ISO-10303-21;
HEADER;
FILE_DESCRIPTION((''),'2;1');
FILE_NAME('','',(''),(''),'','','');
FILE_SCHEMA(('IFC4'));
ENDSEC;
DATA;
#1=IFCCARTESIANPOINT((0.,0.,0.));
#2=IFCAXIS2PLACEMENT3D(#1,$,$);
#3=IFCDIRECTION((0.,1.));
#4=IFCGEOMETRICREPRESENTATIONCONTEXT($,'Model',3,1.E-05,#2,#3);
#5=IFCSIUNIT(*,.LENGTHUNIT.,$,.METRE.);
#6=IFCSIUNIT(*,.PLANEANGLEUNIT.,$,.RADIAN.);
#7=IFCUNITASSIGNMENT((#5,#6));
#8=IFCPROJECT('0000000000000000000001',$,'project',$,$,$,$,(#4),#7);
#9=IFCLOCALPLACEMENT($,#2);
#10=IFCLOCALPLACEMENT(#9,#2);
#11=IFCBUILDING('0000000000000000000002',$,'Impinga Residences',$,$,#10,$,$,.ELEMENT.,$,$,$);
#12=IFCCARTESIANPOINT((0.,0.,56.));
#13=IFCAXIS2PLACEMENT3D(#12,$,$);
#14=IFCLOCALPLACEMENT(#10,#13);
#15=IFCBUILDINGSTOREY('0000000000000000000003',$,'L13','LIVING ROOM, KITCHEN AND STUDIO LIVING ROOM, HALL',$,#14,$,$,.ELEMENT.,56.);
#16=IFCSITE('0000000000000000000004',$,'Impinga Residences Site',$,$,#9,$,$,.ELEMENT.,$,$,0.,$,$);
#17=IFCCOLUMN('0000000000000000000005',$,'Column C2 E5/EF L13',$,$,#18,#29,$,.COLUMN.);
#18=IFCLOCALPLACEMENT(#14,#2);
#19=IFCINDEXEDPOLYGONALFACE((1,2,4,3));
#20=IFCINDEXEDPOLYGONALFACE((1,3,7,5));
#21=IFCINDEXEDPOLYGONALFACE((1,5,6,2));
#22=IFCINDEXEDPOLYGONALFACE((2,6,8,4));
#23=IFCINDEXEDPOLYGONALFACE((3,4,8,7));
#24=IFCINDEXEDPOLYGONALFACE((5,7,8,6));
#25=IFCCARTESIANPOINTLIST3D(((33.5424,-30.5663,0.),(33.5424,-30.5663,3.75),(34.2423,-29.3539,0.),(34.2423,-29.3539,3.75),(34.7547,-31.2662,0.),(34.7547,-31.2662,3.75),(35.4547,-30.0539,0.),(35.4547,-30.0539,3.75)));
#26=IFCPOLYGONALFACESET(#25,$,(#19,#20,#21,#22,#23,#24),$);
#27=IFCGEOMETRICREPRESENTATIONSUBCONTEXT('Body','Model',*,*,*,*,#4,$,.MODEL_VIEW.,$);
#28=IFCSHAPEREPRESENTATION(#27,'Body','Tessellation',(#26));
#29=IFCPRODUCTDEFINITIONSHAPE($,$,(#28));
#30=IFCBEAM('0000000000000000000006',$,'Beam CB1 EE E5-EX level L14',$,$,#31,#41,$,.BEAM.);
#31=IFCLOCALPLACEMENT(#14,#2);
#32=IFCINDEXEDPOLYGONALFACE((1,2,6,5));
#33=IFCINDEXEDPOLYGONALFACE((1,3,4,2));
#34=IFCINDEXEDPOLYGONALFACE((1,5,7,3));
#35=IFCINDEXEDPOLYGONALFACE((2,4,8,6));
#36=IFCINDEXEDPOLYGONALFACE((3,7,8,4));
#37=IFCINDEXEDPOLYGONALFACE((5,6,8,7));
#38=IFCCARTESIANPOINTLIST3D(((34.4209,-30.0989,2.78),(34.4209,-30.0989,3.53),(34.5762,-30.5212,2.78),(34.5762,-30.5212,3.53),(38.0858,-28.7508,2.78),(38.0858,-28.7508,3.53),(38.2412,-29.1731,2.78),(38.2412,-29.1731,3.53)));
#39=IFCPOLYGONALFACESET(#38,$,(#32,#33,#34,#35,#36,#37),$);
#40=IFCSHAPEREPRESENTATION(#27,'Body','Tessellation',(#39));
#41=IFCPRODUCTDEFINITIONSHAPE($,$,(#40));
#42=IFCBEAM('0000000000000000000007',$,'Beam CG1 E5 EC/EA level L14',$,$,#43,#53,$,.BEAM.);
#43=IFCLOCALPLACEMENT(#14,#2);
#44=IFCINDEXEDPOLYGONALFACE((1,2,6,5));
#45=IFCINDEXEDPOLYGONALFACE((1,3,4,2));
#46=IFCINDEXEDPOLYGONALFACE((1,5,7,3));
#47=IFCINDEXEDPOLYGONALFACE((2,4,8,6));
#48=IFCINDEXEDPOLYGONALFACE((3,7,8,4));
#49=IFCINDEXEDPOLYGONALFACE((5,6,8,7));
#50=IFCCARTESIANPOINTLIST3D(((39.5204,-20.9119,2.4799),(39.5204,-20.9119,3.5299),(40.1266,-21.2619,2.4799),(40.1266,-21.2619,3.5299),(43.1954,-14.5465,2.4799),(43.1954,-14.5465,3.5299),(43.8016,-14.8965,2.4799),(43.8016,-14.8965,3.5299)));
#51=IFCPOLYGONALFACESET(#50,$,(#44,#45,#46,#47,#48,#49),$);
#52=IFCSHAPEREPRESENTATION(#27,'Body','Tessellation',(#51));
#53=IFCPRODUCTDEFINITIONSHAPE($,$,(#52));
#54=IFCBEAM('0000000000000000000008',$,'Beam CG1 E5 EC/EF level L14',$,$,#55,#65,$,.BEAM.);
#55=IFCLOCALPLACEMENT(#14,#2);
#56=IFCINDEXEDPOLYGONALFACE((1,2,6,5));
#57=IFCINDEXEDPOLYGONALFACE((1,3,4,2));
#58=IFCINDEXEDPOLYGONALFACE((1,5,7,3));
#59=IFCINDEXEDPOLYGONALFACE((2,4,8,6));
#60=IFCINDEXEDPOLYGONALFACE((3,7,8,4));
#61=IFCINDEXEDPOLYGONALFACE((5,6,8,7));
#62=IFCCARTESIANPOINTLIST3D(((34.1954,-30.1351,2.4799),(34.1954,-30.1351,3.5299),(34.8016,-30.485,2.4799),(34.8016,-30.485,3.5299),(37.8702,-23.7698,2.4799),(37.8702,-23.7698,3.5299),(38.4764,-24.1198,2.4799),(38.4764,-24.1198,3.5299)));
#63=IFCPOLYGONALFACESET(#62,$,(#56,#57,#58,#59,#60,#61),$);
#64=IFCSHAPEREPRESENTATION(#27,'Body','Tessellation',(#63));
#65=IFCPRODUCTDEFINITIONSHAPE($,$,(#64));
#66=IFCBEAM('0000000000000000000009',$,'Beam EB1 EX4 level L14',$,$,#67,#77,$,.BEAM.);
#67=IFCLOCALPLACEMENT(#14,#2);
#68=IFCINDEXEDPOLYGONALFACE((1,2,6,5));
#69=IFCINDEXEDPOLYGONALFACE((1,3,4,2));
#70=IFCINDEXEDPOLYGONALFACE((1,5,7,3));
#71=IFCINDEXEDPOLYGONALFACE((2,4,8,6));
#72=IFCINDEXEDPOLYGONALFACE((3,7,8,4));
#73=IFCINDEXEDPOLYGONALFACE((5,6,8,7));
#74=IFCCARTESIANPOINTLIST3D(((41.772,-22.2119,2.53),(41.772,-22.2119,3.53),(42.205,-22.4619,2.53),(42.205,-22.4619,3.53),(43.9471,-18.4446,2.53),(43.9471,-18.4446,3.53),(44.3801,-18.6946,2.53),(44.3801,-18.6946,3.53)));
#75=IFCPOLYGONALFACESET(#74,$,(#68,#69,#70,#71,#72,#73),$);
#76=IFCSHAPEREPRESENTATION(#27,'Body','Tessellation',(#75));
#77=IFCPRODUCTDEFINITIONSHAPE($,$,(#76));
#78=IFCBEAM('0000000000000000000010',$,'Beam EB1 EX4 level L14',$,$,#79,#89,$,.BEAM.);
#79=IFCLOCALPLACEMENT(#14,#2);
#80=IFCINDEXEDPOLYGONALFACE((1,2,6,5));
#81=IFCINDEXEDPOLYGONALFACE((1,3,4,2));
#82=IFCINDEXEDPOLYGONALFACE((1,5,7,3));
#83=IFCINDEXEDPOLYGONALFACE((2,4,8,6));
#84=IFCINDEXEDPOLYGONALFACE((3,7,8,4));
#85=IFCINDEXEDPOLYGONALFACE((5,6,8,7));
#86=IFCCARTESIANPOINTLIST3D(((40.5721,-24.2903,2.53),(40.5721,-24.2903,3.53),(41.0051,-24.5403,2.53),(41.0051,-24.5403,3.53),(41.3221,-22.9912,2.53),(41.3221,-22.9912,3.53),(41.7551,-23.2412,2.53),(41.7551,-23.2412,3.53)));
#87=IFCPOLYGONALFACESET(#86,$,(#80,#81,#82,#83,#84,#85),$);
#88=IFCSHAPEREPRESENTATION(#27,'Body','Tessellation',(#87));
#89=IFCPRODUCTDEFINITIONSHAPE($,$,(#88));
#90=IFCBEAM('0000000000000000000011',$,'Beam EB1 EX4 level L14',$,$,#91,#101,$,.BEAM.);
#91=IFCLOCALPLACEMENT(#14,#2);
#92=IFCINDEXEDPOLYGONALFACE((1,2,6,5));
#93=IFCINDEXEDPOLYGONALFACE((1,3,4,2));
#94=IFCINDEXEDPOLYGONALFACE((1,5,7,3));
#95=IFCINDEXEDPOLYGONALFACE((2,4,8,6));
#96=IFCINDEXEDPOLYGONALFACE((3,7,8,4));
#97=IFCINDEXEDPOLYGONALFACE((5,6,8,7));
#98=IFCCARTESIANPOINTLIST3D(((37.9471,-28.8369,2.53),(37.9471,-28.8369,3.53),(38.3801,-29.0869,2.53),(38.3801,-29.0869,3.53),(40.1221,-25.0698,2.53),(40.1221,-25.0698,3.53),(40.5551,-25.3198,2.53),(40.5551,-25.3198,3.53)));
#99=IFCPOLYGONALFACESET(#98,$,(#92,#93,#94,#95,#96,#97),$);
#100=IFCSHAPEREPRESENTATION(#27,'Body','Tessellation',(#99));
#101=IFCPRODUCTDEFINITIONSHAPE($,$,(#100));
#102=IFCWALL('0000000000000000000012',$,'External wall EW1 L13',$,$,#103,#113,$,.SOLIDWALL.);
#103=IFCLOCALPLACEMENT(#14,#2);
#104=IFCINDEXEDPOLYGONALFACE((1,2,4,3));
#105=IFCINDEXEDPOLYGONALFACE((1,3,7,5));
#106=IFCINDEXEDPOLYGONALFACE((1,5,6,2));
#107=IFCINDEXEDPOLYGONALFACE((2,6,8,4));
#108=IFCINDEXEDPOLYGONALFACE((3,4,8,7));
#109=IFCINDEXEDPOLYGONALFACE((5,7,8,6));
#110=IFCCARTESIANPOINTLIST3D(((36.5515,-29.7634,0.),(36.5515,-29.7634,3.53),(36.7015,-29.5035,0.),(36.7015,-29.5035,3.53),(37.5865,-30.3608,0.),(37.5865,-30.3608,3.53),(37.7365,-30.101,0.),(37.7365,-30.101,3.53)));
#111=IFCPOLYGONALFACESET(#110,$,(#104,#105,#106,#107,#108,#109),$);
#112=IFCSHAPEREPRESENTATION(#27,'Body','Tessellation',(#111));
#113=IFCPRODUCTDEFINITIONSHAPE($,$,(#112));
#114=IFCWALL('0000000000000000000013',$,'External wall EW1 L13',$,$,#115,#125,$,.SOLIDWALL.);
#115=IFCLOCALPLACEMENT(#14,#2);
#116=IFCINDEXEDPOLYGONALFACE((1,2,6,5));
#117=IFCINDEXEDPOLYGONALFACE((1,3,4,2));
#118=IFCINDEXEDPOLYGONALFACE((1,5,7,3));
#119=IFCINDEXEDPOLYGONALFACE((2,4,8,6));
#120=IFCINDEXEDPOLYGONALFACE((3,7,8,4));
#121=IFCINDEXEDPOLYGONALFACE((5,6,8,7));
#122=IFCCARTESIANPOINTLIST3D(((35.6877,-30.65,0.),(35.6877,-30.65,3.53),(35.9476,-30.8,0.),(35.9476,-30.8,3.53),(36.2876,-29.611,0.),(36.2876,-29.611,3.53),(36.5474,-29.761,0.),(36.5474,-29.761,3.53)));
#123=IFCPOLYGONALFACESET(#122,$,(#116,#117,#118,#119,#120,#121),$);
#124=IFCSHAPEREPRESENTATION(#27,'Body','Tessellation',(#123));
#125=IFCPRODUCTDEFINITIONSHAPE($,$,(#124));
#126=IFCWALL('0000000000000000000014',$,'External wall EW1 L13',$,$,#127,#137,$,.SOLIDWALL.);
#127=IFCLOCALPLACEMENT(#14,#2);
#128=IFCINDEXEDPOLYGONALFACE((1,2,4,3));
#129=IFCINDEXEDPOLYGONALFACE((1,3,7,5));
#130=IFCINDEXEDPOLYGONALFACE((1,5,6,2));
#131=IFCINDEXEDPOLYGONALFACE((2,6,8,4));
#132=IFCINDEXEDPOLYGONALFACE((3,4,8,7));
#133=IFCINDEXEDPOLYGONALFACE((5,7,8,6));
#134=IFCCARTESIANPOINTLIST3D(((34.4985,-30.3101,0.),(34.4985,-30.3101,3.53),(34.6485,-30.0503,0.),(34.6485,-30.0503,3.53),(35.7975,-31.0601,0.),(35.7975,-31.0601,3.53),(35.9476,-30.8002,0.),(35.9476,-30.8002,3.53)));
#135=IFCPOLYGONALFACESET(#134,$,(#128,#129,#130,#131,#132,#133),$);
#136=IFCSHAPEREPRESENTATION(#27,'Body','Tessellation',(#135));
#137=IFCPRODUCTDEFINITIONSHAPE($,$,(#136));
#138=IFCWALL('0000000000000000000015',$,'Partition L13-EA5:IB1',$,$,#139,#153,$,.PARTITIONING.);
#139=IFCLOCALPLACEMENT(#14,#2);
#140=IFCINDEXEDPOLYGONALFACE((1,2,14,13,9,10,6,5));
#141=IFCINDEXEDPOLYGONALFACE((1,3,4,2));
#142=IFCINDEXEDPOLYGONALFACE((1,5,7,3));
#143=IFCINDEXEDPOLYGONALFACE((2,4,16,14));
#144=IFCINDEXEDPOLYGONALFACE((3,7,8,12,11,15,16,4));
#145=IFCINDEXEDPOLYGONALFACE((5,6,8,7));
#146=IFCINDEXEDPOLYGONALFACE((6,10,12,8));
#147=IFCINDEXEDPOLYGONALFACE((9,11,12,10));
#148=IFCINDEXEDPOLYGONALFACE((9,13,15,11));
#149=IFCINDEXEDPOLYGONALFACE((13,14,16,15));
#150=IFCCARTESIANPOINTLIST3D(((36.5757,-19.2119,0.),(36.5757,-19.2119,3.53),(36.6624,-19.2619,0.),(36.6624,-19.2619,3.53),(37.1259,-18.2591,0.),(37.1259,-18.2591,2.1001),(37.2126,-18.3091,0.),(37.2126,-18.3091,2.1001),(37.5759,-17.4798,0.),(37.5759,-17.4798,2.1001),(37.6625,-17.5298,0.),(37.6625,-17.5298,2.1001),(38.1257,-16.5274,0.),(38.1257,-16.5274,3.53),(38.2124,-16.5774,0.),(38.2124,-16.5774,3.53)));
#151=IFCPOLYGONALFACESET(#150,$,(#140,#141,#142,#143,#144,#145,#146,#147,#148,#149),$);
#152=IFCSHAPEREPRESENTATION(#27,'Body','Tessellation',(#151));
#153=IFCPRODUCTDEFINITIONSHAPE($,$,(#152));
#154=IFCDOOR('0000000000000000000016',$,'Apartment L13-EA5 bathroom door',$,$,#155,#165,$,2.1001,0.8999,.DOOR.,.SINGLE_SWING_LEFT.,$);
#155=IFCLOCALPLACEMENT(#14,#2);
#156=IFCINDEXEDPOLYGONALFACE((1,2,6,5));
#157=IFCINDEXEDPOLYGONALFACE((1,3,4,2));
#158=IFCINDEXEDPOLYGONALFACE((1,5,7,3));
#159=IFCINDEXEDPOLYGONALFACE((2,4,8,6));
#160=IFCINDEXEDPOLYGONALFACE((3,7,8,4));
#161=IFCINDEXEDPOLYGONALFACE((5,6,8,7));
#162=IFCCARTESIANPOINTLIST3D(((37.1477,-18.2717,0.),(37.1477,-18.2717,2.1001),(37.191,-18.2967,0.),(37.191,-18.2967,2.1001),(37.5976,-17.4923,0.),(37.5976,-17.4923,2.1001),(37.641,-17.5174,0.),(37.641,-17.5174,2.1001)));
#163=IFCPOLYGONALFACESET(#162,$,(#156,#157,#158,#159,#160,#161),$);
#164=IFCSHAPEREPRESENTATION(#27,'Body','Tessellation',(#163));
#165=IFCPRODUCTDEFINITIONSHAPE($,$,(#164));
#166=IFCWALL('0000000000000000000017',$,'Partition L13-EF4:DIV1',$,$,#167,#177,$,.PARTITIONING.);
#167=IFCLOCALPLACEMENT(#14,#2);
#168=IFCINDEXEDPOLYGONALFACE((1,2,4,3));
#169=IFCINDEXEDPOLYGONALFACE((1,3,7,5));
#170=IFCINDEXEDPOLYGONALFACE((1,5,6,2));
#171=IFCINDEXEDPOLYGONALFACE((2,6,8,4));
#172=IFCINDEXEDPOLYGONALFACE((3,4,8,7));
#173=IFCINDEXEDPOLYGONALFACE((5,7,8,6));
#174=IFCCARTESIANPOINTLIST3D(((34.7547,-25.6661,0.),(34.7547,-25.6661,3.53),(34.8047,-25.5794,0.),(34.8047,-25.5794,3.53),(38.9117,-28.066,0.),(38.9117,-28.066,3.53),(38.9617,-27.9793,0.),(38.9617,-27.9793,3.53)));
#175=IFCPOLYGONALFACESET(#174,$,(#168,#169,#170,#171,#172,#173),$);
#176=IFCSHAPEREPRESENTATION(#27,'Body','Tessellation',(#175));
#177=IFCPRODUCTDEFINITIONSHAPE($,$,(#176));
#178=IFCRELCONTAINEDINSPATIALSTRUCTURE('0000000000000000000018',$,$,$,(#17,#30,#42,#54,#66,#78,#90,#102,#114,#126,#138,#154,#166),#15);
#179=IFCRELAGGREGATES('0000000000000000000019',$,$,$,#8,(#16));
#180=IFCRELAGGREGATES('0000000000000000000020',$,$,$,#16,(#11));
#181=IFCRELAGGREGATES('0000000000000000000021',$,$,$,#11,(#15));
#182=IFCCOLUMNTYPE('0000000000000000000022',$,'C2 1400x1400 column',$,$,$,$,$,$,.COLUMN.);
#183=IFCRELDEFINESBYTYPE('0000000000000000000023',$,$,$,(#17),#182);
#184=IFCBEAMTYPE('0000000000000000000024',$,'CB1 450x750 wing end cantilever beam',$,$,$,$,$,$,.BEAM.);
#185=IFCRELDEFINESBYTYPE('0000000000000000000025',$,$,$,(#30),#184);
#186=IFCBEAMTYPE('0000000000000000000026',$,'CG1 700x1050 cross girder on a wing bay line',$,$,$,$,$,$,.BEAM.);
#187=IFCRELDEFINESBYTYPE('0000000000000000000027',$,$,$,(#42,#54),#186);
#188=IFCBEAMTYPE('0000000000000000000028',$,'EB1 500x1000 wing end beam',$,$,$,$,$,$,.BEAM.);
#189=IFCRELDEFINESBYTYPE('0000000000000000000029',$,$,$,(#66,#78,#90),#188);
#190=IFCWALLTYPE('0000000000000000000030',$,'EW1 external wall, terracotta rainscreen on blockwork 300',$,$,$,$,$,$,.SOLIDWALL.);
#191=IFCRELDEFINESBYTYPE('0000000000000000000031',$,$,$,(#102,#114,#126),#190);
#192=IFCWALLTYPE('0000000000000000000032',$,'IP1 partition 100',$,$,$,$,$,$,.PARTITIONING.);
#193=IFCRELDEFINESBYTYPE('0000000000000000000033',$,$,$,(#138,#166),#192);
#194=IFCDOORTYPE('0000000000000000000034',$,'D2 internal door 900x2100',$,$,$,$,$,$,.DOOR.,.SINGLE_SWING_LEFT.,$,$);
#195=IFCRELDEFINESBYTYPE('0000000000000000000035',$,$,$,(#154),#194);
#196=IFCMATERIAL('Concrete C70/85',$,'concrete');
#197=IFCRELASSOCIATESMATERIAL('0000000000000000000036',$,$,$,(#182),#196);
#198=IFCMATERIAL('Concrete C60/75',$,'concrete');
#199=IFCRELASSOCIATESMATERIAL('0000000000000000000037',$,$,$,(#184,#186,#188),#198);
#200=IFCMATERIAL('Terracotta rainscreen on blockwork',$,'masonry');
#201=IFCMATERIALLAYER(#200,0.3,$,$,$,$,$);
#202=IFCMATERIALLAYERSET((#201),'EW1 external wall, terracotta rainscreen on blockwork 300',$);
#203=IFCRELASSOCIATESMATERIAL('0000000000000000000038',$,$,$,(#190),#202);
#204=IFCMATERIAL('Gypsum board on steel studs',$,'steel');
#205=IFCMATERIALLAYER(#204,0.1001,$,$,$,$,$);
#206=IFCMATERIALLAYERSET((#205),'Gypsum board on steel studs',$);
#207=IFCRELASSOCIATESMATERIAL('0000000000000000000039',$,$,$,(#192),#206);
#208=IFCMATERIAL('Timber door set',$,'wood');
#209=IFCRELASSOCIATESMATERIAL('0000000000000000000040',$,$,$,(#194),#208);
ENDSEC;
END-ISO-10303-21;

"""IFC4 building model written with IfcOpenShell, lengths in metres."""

from ifc_helpers import new_model, si_unit, direction, frame, frame_2d, origin, origin_2d, place, context, subcontext, project, spatial, rectangle, extrude, material, layer, layer_set, material_profile, profile_set, type_object, element, fill, save


model = new_model("IFC4")

# Units and contexts
model_context = context("Model", 3, precision=1e-05, world=origin(), true_north=direction((0.0, 1.0)))
body_context = subcontext(model_context, "Body", "Model", "MODEL_VIEW")
ifc_project = project(units=[si_unit("LENGTHUNIT", "METRE"), si_unit("PLANEANGLEUNIT", "RADIAN")], contexts=[model_context])

# Site, building, storey
site_placement = place(None, origin())
site = spatial("IfcSite", under=ifc_project, at=site_placement, Name="Impinga Residences Site", CompositionType="ELEMENT", RefElevation=0.0)
building_placement = place(site_placement, origin())
building = spatial("IfcBuilding", under=site, at=building_placement, Name="Impinga Residences", CompositionType="ELEMENT")
storey_placement = place(building_placement, frame((0.0, 0.0, 56.0)))
storey = spatial("IfcBuildingStorey", under=building, at=storey_placement, Name="L13", Description="LIVING ROOM, KITCHEN AND STUDIO LIVING ROOM, HALL", CompositionType="ELEMENT", Elevation=56.0)

# Column
ifc_material_1 = material(Name="Concrete C70/85", Category="concrete")
ifc_material_profile_1 = material_profile(ifc_material_1, rectangle(XDim=1.3999, YDim=1.3999, at=origin_2d()), Name="RC 1400x1400")
ifc_profile_set_1 = profile_set([ifc_material_profile_1], Name="Concrete C70/85")
column_type = type_object("IfcColumnType", Name="C2 1400x1400 column", PredefinedType="COLUMN", material=ifc_profile_set_1)
column_placement = place(storey_placement, frame((34.4985, -30.3101, 0.0), z_axis=(0.0, 0.0, 1.0), x_axis=(-0.5, -0.866025, 0.0)))
element("IfcColumn", 1, at=column_placement, inside=storey, type_object=column_type, Name="Column C2 E5/EF L13", PredefinedType="COLUMN", context=body_context, shape_type="SweptSolid", body=[
    extrude(rectangle(XDim=1.3999, YDim=1.3999, at=origin_2d()), origin(), (0.0, 0.0, 1.0), 3.75),
])

# Beams
ifc_material_2 = material(Name="Concrete C60/75", Category="concrete")
ifc_material_profile_2 = material_profile(ifc_material_2, rectangle(XDim=0.45, YDim=0.75, at=origin_2d()), Name="RC 450x750")
ifc_profile_set_2 = profile_set([ifc_material_profile_2], Name="Concrete C60/75")
beam_type_1 = type_object("IfcBeamType", Name="CB1 450x750 wing end cantilever beam", PredefinedType="BEAM", material=ifc_profile_set_2)
beam_1_placement = place(storey_placement, frame((34.4985, -30.3101, 3.155), z_axis=(0.93852, 0.345224, 0.0), x_axis=(-0.345224, 0.93852, 0.0)))
element("IfcBeam", 2, at=beam_1_placement, inside=storey, type_object=beam_type_1, Name="Beam CB1 EE E5-EX level L14", PredefinedType="BEAM", context=body_context, shape_type="SweptSolid", body=[
    extrude(rectangle(XDim=0.45, YDim=0.75, at=origin_2d()), origin(), (0.0, 0.0, 1.0), 3.905),
])
ifc_material_profile_3 = material_profile(ifc_material_2, rectangle(XDim=0.7, YDim=1.05, at=origin_2d()), Name="RC 700x1050")
ifc_profile_set_3 = profile_set([ifc_material_profile_3], Name="Concrete C60/75")
beam_type_2 = type_object("IfcBeamType", Name="CG1 700x1050 cross girder on a wing bay line", PredefinedType="BEAM", material=ifc_profile_set_3)
beam_2_placement = place(storey_placement, frame((39.8235, -21.0869, 3.0049), z_axis=(0.499994, 0.866029, 0.0), x_axis=(-0.866029, 0.499994, 0.0)))
element("IfcBeam", 3, at=beam_2_placement, inside=storey, type_object=beam_type_2, Name="Beam CG1 E5 EC/EA level L14", PredefinedType="BEAM", context=body_context, shape_type="SweptSolid", body=[
    extrude(rectangle(XDim=0.7, YDim=1.05, at=origin_2d()), origin(), (0.0, 0.0, 1.0), 7.3501),
])
beam_3_placement = place(storey_placement, frame((38.1733, -23.9448, 3.0049), z_axis=(-0.499983, -0.866035, 0.0), x_axis=(0.866035, -0.499983, 0.0)))
element("IfcBeam", 4, at=beam_3_placement, inside=storey, type_object=beam_type_2, Name="Beam CG1 E5 EC/EF level L14", PredefinedType="BEAM", context=body_context, shape_type="SweptSolid", body=[
    extrude(rectangle(XDim=0.7, YDim=1.05, at=origin_2d()), origin(), (0.0, 0.0, 1.0), 7.3499),
])
ifc_material_profile_4 = material_profile(ifc_material_2, rectangle(XDim=0.5, YDim=1.0, at=origin_2d()), Name="RC 500x1000")
ifc_profile_set_4 = profile_set([ifc_material_profile_4], Name="Concrete C60/75")
beam_type_3 = type_object("IfcBeamType", Name="EB1 500x1000 wing end beam", PredefinedType="BEAM", material=ifc_profile_set_4)
beam_4_placement = place(storey_placement, frame((44.1636, -18.5696, 3.03), z_axis=(-0.499996, -0.866028, 0.0), x_axis=(0.866028, -0.499996, 0.0)))
element("IfcBeam", 5, at=beam_4_placement, inside=storey, type_object=beam_type_3, Name="Beam EB1 EX4 level L14", PredefinedType="BEAM", context=body_context, shape_type="SweptSolid", body=[
    extrude(rectangle(XDim=0.5, YDim=1.0, at=origin_2d()), origin(), (0.0, 0.0, 1.0), 4.3501),
])
beam_5_placement = place(storey_placement, frame((41.5386, -23.1162, 3.03), z_axis=(-0.49999, -0.866031, 0.0), x_axis=(0.866031, -0.49999, 0.0)))
element("IfcBeam", 6, at=beam_5_placement, inside=storey, type_object=beam_type_3, Name="Beam EB1 EX4 level L14", PredefinedType="BEAM", context=body_context, shape_type="SweptSolid", body=[
    extrude(rectangle(XDim=0.5, YDim=1.0, at=origin_2d()), origin(), (0.0, 0.0, 1.0), 1.5),
])
beam_6_placement = place(storey_placement, frame((40.3386, -25.1948, 3.03), z_axis=(-0.50002, -0.866014, 0.0), x_axis=(0.866014, -0.50002, 0.0)))
element("IfcBeam", 7, at=beam_6_placement, inside=storey, type_object=beam_type_3, Name="Beam EB1 EX4 level L14", PredefinedType="BEAM", context=body_context, shape_type="SweptSolid", body=[
    extrude(rectangle(XDim=0.5, YDim=1.0, at=origin_2d()), origin(), (0.0, 0.0, 1.0), 4.3499),
])

# Walls
ifc_material_3 = material(Name="Terracotta rainscreen on blockwork", Category="masonry")
ifc_layer_1 = layer(ifc_material_3, 0.3)
ifc_layer_set_1 = layer_set([ifc_layer_1], Name="EW1 external wall, terracotta rainscreen on blockwork 300")
wall_type_1 = type_object("IfcWallType", Name="EW1 external wall, terracotta rainscreen on blockwork 300", PredefinedType="SOLIDWALL", material=ifc_layer_set_1)
wall_1_placement = place(storey_placement, frame((37.6616, -30.231, 0.0), z_axis=(0.0, 0.0, 1.0), x_axis=(-0.86606, 0.499941, 0.0)))
element("IfcWall", 8, at=wall_1_placement, inside=storey, type_object=wall_type_1, Name="External wall EW1 L13", PredefinedType="SOLIDWALL", context=body_context, shape_type="SweptSolid", body=[
    extrude(rectangle(XDim=1.1951, YDim=0.3, at=frame_2d((0.5977, 0.0))), origin(), (0.0, 0.0, 1.0), 3.53),
])
wall_2_placement = place(storey_placement, frame((36.4175, -29.686, 0.0), z_axis=(0.0, 0.0, 1.0), x_axis=(-0.499969, -0.866043, 0.0)))
element("IfcWall", 9, at=wall_2_placement, inside=storey, type_object=wall_type_1, Name="External wall EW1 L13", PredefinedType="SOLIDWALL", context=body_context, shape_type="SweptSolid", body=[
    extrude(rectangle(XDim=1.1997, YDim=0.3, at=frame_2d((0.5999, 0.0))), origin(), (0.0, 0.0, 1.0), 3.53),
])
wall_3_placement = place(storey_placement, frame((35.8726, -30.9302, 0.0), z_axis=(0.0, 0.0, 1.0), x_axis=(-0.866031, 0.49999, 0.0)))
element("IfcWall", 10, at=wall_3_placement, inside=storey, type_object=wall_type_1, Name="External wall EW1 L13", PredefinedType="SOLIDWALL", context=body_context, shape_type="SweptSolid", body=[
    extrude(rectangle(XDim=1.5, YDim=0.3, at=frame_2d((0.75, 0.0))), origin(), (0.0, 0.0, 1.0), 3.53),
])

# Wall, opening, door
ifc_material_4 = material(Name="Gypsum board on steel studs", Category="steel")
ifc_layer_2 = layer(ifc_material_4, 0.1001)
ifc_layer_set_2 = layer_set([ifc_layer_2], Name="Gypsum board on steel studs")
wall_type_2 = type_object("IfcWallType", Name="IP1 partition 100", PredefinedType="PARTITIONING", material=ifc_layer_set_2)
wall_4_placement = place(storey_placement, frame((36.6191, -19.2368, 0.0), z_axis=(0.0, 0.0, 1.0), x_axis=(0.500027, 0.86601, 0.0)))
wall_4 = element("IfcWall", 11, at=wall_4_placement, inside=storey, type_object=wall_type_2, Name="Partition L13-EA5:IB1", PredefinedType="PARTITIONING", context=body_context, shape_type="SweptSolid", body=[
    extrude(rectangle(XDim=3.0999, YDim=0.1001, at=frame_2d((1.5498, 0.0))), origin(), (0.0, 0.0, 1.0), 3.53),
])
opening_1_placement = place(wall_4_placement, frame((1.1001, 0.0, 0.0)))
opening_1 = element("IfcOpeningElement", 12, at=opening_1_placement, cuts=wall_4, PredefinedType="OPENING", context=body_context, shape_type="SweptSolid", body=[
    extrude(rectangle(XDim=0.8999, YDim=2.1001, at=frame_2d((0.45, 1.05))), frame((0.0, 0.0601, 0.0), z_axis=(0.0, -1.0, 0.0), x_axis=(1.0, 0.0, 0.0)), (0.0, 0.0, 1.0), 0.1201),
])
ifc_material_5 = material(Name="Timber door set", Category="wood")
door_type = type_object("IfcDoorType", Name="D2 internal door 900x2100", OperationType="SINGLE_SWING_LEFT", PredefinedType="DOOR", material=ifc_material_5)
door_1_placement = place(opening_1_placement, origin())
door_1 = element("IfcDoor", 13, at=door_1_placement, inside=storey, type_object=door_type, Name="Apartment L13-EA5 bathroom door", OperationType="SINGLE_SWING_LEFT", OverallHeight=2.1001, OverallWidth=0.8999, PredefinedType="DOOR", context=body_context, shape_type="SweptSolid", body=[
    extrude(rectangle(XDim=0.8999, YDim=2.1001, at=frame_2d((0.45, 1.05))), frame((0.0, 0.0249, 0.0), z_axis=(0.0, -1.0, 0.0), x_axis=(1.0, 0.0, 0.0)), (0.0, 0.0, 1.0), 0.05),
])
fill(opening_1, door_1)

# Wall
wall_5_placement = place(storey_placement, frame((34.7798, -25.6228, 0.0), z_axis=(0.0, 0.0, 1.0), x_axis=(0.866037, -0.499979, 0.0)))
element("IfcWall", 14, at=wall_5_placement, inside=storey, type_object=wall_type_2, Name="Partition L13-EF4:DIV1", PredefinedType="PARTITIONING", context=body_context, shape_type="SweptSolid", body=[
    extrude(rectangle(XDim=4.8, YDim=0.1001, at=frame_2d((2.3999, 0.0))), origin(), (0.0, 0.0, 1.0), 3.53),
])

save(model, "model.ifc")
